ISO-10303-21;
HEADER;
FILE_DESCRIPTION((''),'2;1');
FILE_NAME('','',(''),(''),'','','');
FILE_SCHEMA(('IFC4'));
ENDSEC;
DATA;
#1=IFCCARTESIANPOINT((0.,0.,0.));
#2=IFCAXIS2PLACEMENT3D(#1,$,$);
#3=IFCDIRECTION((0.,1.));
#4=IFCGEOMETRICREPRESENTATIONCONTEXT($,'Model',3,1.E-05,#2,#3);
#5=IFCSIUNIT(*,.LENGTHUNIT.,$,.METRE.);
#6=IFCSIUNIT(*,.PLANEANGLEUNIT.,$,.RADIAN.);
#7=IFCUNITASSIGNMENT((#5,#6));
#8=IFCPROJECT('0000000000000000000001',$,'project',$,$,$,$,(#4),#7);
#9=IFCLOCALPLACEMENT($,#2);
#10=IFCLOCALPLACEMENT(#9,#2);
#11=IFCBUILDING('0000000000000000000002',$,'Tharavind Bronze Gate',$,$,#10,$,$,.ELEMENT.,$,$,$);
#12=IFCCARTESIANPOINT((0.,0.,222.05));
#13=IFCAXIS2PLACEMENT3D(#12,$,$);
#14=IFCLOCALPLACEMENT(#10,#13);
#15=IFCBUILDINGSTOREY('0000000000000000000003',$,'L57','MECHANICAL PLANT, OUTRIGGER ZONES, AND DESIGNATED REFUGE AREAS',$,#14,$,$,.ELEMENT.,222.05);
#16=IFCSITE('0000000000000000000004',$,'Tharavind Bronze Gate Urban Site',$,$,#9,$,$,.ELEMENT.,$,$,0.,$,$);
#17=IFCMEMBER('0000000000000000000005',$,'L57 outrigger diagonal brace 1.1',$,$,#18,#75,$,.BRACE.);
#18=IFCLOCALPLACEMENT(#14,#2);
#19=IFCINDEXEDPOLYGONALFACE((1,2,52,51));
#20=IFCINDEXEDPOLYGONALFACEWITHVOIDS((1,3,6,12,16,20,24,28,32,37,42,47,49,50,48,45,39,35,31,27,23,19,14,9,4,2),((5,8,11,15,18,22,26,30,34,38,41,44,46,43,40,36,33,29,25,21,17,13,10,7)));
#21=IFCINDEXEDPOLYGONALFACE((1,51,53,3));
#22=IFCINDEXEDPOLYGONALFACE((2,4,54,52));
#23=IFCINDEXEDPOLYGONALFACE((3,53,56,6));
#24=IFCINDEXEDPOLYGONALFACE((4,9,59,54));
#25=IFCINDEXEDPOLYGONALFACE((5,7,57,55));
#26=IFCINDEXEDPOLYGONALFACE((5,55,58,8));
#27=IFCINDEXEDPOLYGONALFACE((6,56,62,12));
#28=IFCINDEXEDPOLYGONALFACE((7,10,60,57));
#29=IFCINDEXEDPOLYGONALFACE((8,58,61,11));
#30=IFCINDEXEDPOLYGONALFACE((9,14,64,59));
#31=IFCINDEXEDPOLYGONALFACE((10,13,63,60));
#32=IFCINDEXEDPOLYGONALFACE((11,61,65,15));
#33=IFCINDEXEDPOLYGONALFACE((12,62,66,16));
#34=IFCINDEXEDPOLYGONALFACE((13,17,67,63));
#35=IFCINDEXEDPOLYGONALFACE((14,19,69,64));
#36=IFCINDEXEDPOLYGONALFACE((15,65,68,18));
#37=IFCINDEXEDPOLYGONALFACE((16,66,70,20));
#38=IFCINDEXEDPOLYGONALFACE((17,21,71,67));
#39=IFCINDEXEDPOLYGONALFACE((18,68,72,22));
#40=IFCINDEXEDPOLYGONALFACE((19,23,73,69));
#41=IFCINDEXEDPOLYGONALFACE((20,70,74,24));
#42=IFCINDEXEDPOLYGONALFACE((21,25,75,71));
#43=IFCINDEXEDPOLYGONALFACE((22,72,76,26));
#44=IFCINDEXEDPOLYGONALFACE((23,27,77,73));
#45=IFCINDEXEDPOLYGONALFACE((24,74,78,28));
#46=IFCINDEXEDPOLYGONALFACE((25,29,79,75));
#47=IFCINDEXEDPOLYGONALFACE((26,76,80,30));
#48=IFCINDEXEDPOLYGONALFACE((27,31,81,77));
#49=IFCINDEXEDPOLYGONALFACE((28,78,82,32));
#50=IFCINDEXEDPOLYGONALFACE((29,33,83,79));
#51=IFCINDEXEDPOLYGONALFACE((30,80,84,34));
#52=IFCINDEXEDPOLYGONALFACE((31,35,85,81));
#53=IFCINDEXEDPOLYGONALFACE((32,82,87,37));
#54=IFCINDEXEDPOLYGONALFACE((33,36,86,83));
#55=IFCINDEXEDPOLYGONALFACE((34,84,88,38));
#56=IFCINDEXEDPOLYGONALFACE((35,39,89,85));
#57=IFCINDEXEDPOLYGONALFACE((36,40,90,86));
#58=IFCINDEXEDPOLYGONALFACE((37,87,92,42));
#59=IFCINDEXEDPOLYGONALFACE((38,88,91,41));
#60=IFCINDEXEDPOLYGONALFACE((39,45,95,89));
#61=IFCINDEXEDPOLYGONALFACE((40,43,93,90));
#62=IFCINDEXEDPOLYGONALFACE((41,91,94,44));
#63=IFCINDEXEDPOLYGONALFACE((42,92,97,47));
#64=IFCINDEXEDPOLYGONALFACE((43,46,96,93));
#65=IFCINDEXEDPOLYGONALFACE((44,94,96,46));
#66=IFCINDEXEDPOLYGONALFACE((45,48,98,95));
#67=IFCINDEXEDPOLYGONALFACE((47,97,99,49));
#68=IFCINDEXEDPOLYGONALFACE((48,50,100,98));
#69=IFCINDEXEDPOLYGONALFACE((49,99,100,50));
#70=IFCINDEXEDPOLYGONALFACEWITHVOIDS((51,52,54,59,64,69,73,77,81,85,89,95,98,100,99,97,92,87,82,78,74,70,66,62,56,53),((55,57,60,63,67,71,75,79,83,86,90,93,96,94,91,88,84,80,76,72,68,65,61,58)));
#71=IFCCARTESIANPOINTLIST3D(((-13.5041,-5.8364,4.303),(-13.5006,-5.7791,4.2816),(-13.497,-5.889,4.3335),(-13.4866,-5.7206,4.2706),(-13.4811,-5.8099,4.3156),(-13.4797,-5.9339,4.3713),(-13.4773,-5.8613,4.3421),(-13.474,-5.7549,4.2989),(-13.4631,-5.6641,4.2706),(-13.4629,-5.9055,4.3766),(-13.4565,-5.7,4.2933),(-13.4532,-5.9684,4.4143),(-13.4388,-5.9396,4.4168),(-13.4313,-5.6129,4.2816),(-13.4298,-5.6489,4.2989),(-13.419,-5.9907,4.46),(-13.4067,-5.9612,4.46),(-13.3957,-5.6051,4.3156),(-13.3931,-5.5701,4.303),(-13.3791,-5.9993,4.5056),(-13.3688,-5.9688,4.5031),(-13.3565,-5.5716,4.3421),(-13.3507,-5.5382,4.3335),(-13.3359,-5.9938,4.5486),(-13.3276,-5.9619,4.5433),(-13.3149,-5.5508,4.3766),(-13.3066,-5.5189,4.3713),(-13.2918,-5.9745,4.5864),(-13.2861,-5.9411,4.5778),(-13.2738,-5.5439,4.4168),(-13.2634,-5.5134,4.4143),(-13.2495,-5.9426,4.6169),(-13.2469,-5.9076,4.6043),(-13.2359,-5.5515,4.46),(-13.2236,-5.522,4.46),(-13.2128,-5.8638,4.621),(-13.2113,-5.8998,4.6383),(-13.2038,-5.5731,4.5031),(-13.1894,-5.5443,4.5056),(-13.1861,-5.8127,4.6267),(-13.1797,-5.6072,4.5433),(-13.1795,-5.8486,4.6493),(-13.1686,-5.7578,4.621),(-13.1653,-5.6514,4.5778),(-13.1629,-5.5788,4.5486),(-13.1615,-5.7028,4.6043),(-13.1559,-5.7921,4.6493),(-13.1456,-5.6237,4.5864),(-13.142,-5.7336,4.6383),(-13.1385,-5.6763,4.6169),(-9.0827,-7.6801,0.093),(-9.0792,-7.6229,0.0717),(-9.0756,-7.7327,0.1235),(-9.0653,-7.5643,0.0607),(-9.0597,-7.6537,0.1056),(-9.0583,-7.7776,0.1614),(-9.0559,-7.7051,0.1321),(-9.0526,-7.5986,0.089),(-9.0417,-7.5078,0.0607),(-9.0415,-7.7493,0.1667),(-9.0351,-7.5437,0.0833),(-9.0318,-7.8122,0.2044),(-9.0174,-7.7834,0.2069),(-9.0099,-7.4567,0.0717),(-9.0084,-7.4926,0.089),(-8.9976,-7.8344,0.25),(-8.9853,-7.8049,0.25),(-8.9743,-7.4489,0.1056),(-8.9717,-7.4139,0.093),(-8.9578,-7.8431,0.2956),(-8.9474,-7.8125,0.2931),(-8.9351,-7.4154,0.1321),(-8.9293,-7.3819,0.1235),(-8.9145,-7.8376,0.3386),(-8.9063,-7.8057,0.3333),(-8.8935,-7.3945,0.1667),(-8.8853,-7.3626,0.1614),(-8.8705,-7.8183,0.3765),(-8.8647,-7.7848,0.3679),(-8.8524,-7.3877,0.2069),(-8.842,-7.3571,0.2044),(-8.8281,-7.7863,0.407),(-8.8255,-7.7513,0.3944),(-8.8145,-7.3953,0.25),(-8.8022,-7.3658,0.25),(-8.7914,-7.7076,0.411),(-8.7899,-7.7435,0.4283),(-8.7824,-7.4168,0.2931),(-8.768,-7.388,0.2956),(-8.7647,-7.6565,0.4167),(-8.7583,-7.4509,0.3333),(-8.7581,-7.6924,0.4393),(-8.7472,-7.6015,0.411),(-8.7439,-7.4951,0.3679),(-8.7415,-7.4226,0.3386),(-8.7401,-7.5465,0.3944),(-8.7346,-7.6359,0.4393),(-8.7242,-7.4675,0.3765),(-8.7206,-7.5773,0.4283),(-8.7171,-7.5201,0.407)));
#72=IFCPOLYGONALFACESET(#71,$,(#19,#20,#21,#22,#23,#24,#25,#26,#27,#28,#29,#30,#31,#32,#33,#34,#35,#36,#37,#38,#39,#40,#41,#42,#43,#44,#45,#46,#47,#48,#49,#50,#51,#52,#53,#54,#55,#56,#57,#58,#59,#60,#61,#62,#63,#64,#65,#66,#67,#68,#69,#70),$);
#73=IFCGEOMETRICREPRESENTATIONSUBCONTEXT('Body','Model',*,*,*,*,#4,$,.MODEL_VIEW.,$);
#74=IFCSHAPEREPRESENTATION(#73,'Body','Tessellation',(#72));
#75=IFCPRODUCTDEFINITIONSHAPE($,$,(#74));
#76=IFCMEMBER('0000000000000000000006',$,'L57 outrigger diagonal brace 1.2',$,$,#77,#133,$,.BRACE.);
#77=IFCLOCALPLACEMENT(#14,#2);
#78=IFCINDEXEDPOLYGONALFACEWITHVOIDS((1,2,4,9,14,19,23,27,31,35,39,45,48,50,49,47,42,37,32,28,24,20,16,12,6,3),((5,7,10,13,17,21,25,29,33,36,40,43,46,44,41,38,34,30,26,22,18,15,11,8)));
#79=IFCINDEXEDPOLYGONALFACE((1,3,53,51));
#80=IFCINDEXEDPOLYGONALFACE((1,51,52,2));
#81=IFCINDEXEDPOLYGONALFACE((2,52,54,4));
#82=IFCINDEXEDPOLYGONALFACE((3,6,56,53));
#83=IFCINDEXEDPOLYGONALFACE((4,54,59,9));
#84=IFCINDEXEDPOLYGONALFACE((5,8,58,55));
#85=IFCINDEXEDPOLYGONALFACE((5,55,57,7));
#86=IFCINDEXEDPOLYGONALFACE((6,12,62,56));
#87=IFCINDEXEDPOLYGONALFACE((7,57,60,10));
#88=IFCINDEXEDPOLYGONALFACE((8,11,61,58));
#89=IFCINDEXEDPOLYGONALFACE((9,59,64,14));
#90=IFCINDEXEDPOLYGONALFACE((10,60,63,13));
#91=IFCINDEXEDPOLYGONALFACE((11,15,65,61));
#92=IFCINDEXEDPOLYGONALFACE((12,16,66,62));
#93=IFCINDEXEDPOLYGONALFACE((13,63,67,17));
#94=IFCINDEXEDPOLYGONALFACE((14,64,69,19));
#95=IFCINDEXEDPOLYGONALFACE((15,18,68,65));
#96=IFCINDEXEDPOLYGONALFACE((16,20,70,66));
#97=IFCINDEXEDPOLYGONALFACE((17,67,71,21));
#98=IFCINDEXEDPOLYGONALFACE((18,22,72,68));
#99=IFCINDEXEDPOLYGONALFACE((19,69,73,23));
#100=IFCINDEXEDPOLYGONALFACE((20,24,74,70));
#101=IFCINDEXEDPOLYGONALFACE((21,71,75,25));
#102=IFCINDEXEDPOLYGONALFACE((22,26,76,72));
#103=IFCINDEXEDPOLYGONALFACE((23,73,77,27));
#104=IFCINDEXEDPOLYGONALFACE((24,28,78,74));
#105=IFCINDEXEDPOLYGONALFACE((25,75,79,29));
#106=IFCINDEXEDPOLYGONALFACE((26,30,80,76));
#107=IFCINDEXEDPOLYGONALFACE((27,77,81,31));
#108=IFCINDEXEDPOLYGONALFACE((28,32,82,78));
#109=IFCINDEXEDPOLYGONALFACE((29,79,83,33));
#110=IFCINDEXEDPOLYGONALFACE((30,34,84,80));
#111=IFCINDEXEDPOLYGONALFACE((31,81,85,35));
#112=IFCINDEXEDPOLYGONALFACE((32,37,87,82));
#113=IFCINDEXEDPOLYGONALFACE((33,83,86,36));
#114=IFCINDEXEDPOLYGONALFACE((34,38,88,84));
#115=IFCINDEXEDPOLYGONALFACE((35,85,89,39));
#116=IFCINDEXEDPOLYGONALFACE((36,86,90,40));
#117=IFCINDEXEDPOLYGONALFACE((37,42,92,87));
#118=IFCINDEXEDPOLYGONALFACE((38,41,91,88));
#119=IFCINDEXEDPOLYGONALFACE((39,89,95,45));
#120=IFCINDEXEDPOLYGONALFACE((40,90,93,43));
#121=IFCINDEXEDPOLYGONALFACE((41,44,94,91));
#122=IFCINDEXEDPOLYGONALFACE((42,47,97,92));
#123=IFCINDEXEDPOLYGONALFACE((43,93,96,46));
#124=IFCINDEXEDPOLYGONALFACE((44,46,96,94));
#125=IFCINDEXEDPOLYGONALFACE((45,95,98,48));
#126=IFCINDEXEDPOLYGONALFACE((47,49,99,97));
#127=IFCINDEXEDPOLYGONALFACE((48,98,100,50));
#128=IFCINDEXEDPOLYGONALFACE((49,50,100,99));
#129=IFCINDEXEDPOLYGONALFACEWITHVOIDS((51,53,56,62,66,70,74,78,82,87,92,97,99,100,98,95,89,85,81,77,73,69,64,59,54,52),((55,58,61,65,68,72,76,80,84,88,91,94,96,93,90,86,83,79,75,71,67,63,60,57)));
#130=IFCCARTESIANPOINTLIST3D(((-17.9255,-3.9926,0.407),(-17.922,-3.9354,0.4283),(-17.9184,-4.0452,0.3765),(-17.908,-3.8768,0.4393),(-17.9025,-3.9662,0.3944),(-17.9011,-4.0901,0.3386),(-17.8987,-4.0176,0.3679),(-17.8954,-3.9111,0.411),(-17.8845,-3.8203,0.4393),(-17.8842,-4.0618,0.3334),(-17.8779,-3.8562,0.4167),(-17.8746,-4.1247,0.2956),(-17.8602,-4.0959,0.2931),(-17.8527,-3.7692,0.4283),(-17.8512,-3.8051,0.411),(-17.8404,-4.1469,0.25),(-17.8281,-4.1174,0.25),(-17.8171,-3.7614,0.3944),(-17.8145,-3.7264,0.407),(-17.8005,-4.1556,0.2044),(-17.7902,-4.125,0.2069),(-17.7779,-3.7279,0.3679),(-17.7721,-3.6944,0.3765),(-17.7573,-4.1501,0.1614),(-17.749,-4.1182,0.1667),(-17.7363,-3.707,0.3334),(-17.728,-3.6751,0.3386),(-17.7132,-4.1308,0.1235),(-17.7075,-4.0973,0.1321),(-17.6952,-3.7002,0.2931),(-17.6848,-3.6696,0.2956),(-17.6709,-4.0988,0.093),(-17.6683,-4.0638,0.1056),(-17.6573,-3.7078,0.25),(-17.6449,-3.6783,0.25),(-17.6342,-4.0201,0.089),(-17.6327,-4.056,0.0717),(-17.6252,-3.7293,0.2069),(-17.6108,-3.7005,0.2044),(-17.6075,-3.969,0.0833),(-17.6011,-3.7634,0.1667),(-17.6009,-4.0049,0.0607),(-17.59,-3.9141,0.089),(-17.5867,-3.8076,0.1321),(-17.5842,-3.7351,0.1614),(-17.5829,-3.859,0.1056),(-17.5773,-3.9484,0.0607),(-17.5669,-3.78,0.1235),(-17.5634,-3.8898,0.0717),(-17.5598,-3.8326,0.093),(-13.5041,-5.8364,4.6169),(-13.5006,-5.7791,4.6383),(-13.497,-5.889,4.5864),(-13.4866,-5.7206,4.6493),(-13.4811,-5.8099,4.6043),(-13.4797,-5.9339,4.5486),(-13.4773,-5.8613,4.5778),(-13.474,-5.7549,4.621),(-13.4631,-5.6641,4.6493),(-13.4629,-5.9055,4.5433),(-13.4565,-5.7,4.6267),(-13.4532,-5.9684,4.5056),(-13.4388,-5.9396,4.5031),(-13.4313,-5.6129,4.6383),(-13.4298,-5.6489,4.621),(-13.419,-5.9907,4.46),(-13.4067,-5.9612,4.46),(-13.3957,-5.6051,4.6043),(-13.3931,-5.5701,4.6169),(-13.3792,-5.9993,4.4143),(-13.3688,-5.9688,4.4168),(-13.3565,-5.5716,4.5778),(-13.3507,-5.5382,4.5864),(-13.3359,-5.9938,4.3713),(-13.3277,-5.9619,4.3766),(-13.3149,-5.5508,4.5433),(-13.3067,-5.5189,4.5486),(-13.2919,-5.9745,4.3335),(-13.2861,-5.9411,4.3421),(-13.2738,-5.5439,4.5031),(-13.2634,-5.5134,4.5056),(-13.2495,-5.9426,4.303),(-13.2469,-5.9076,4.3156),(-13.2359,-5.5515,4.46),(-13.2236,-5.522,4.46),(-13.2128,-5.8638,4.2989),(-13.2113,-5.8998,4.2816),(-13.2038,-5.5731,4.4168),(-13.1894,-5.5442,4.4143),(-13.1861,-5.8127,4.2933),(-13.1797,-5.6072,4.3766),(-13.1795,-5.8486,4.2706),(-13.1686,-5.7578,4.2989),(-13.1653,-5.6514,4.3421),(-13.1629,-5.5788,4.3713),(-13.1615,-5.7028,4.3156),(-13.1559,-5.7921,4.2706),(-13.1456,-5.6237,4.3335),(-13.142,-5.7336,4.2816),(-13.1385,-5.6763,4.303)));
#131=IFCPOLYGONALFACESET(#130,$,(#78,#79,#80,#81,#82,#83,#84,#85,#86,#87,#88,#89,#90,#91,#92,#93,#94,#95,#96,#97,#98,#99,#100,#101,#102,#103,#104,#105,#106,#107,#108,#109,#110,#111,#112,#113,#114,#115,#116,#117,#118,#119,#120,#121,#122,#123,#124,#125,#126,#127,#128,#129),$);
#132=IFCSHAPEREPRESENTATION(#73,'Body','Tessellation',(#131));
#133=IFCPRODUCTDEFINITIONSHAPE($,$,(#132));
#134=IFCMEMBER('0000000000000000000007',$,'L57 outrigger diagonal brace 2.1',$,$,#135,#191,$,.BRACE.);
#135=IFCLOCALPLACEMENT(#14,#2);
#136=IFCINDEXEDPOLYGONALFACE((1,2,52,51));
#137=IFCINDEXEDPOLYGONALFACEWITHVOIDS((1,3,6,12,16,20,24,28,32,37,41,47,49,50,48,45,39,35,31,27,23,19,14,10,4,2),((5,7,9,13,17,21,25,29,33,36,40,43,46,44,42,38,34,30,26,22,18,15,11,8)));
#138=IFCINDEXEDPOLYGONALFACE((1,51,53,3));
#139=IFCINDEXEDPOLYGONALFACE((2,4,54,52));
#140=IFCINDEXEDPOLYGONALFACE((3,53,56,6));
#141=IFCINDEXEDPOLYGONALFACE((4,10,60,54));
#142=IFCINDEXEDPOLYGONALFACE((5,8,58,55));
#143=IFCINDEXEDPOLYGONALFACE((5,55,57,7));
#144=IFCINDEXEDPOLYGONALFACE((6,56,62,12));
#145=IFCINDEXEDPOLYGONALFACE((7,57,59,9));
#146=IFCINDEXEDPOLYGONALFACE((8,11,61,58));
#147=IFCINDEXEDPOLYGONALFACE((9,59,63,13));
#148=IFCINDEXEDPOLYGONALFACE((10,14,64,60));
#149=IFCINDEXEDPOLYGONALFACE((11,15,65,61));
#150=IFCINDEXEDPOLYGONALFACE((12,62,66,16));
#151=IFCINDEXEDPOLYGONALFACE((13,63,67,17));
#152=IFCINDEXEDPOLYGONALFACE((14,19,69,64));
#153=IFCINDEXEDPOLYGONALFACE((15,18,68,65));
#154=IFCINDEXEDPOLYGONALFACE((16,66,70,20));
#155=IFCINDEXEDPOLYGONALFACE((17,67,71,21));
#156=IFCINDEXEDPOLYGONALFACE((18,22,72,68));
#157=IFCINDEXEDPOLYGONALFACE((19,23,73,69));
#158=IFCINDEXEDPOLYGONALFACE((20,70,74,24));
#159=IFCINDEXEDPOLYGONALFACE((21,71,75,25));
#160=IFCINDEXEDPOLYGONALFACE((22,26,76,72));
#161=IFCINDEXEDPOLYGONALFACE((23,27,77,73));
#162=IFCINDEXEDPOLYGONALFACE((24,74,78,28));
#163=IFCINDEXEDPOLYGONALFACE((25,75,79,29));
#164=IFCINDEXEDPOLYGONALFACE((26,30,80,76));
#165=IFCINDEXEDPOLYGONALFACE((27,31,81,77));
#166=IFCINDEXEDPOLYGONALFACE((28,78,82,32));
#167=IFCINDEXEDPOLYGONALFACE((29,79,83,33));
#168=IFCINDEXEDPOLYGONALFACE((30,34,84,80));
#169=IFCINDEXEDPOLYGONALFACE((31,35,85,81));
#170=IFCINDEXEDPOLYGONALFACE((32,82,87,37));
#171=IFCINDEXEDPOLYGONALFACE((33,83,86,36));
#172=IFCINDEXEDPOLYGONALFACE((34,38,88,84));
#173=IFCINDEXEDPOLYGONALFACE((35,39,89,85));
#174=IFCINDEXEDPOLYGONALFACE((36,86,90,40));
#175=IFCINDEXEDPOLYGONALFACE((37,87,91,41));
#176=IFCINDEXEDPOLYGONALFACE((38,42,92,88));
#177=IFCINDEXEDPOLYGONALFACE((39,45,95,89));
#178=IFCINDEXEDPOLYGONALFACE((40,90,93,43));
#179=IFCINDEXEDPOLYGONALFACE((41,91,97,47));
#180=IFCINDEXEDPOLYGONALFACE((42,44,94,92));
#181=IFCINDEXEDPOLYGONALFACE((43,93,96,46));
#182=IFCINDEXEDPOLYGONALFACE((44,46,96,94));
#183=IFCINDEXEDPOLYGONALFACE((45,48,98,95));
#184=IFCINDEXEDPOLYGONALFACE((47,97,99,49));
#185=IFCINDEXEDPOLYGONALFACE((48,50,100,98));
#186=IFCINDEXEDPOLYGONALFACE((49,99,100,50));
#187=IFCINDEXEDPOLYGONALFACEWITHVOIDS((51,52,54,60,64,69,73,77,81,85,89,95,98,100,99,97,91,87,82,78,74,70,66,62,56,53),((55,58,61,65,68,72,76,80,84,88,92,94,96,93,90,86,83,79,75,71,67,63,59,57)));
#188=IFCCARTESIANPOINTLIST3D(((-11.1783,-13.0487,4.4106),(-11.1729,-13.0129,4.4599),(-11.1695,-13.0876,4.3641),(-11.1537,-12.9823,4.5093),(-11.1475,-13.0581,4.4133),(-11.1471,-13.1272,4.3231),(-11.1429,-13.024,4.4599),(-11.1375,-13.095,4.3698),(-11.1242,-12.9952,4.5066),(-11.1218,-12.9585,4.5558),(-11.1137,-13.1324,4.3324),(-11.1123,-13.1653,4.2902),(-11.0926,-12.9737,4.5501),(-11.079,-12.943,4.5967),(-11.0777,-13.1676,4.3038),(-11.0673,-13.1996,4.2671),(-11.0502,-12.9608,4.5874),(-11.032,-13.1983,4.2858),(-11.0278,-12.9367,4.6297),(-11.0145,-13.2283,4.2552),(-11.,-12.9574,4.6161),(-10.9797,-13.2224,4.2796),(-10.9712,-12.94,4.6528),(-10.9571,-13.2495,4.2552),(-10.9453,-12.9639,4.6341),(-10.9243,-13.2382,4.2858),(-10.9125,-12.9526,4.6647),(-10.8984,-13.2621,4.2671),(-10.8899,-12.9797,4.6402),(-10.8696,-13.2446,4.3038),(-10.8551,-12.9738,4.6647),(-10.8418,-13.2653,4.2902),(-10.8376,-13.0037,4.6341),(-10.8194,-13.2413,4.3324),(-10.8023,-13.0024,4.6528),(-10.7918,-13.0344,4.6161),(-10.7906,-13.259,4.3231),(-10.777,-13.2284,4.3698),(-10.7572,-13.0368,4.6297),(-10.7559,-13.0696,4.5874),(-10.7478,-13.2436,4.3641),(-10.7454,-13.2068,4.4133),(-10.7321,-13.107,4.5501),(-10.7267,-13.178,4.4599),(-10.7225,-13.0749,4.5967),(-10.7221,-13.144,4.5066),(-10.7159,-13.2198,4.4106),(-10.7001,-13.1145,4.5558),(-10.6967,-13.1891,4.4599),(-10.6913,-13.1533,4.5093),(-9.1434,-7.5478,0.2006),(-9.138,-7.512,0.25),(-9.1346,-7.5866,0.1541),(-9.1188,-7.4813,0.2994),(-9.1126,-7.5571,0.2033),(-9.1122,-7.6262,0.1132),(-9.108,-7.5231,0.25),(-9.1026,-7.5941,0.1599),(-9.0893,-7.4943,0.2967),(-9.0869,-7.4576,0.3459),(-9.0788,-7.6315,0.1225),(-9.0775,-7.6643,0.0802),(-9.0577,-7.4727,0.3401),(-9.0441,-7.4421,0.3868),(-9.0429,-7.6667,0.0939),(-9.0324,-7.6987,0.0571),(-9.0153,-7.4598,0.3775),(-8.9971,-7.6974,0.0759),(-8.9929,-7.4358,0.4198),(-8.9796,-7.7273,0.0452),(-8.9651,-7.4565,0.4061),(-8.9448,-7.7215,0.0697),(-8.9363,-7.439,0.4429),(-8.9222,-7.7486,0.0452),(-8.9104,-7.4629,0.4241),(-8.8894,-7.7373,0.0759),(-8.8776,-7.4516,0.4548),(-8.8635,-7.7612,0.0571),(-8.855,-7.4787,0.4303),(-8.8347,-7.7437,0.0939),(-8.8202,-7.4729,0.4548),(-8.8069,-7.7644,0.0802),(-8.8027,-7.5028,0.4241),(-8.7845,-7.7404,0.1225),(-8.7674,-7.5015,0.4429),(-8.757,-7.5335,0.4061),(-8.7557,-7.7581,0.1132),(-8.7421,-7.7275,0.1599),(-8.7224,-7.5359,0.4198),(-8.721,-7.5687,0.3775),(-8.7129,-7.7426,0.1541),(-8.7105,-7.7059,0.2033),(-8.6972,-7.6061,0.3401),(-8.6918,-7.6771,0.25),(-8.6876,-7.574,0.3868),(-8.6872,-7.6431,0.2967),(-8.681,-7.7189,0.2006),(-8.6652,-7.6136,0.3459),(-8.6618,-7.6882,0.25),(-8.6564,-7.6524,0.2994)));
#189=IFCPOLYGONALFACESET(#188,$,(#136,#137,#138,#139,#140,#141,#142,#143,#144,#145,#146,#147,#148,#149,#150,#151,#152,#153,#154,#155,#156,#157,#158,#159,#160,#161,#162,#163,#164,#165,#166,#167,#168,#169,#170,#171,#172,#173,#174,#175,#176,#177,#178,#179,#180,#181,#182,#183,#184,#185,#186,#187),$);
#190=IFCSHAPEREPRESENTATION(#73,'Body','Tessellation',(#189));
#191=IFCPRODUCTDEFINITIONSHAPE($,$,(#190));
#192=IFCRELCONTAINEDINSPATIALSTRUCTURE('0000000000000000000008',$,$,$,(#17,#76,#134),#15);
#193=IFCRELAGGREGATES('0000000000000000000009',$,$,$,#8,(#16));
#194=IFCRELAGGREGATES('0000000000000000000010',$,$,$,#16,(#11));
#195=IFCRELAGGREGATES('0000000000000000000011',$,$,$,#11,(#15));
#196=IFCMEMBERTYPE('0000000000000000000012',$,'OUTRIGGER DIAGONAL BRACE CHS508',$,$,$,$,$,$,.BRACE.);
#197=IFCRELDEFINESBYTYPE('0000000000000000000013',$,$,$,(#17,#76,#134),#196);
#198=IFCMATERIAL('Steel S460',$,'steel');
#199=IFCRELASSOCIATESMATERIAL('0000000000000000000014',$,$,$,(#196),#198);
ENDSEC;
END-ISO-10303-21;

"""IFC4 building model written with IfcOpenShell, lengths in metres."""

from ifc_helpers import new_model, si_unit, direction, frame, origin, origin_2d, place, context, subcontext, project, spatial, hollow_circle, extrude, material, material_profile, profile_set, type_object, element, save


model = new_model("IFC4")

# Units and contexts
model_context = context("Model", 3, precision=1e-05, world=origin(), true_north=direction((0.0, 1.0)))
body_context = subcontext(model_context, "Body", "Model", "MODEL_VIEW")
ifc_project = project(units=[si_unit("LENGTHUNIT", "METRE"), si_unit("PLANEANGLEUNIT", "RADIAN")], contexts=[model_context])

# Site, building, storey
site_placement = place(None, origin())
site = spatial("IfcSite", under=ifc_project, at=site_placement, Name="Tharavind Bronze Gate Urban Site", CompositionType="ELEMENT", RefElevation=0.0)
building_placement = place(site_placement, origin())
building = spatial("IfcBuilding", under=site, at=building_placement, Name="Tharavind Bronze Gate", CompositionType="ELEMENT")
storey_placement = place(building_placement, frame((0.0, 0.0, 222.05)))
storey = spatial("IfcBuildingStorey", under=building, at=storey_placement, Name="L57", Description="MECHANICAL PLANT, OUTRIGGER ZONES, AND DESIGNATED REFUGE AREAS", CompositionType="ELEMENT", Elevation=222.05)

# Shared definitions
ifc_material_1 = material(Name="Steel S460", Category="steel")

# Members
ifc_material_profile_1 = material_profile(ifc_material_1, hollow_circle(Radius=0.2539, WallThickness=0.032, at=origin_2d()), Name="CHS508X32")
ifc_profile_set_1 = profile_set([ifc_material_profile_1], Name="Steel S460")
member_type_1 = type_object("IfcMemberType", Name="OUTRIGGER DIAGONAL BRACE CHS508", PredefinedType="BRACE", material=ifc_profile_set_1)
for number, where, z_axis, x_axis, name in (
    (1, (-8.8999, -7.6001, 0.25), (-0.693285, 0.289105, 0.660133), (-0.384883, -0.922965, 0.0), "L57 outrigger diagonal brace 1.1"),
    (2, (-13.3213, -5.7563, 4.46), (-0.693285, 0.289105, -0.660133), (-0.384883, -0.922965, 0.0), "L57 outrigger diagonal brace 1.2"),
):
    element("IfcMember", number, at=place(storey_placement, frame(where, z_axis=z_axis, x_axis=x_axis)), inside=storey, type_object=member_type_1, Name=name, PredefinedType="BRACE", context=body_context, shape_type="SweptSolid", body=[
        extrude(hollow_circle(Radius=0.2539, WallThickness=0.032, at=origin_2d()), origin(), (0.0, 0.0, 1.0), 6.3774),
    ])
member_1_placement = place(storey_placement, frame((-8.8999, -7.6001, 0.25), z_axis=(-0.281852, -0.76193, 0.583114), x_axis=(0.937887, -0.346942, 0.0)))
element("IfcMember", 3, at=member_1_placement, inside=storey, type_object=member_type_1, Name="L57 outrigger diagonal brace 2.1", PredefinedType="BRACE", context=body_context, shape_type="SweptSolid", body=[
    extrude(hollow_circle(Radius=0.2539, WallThickness=0.032, at=origin_2d()), origin(), (0.0, 0.0, 1.0), 7.2197),
])

save(model, "model.ifc")
